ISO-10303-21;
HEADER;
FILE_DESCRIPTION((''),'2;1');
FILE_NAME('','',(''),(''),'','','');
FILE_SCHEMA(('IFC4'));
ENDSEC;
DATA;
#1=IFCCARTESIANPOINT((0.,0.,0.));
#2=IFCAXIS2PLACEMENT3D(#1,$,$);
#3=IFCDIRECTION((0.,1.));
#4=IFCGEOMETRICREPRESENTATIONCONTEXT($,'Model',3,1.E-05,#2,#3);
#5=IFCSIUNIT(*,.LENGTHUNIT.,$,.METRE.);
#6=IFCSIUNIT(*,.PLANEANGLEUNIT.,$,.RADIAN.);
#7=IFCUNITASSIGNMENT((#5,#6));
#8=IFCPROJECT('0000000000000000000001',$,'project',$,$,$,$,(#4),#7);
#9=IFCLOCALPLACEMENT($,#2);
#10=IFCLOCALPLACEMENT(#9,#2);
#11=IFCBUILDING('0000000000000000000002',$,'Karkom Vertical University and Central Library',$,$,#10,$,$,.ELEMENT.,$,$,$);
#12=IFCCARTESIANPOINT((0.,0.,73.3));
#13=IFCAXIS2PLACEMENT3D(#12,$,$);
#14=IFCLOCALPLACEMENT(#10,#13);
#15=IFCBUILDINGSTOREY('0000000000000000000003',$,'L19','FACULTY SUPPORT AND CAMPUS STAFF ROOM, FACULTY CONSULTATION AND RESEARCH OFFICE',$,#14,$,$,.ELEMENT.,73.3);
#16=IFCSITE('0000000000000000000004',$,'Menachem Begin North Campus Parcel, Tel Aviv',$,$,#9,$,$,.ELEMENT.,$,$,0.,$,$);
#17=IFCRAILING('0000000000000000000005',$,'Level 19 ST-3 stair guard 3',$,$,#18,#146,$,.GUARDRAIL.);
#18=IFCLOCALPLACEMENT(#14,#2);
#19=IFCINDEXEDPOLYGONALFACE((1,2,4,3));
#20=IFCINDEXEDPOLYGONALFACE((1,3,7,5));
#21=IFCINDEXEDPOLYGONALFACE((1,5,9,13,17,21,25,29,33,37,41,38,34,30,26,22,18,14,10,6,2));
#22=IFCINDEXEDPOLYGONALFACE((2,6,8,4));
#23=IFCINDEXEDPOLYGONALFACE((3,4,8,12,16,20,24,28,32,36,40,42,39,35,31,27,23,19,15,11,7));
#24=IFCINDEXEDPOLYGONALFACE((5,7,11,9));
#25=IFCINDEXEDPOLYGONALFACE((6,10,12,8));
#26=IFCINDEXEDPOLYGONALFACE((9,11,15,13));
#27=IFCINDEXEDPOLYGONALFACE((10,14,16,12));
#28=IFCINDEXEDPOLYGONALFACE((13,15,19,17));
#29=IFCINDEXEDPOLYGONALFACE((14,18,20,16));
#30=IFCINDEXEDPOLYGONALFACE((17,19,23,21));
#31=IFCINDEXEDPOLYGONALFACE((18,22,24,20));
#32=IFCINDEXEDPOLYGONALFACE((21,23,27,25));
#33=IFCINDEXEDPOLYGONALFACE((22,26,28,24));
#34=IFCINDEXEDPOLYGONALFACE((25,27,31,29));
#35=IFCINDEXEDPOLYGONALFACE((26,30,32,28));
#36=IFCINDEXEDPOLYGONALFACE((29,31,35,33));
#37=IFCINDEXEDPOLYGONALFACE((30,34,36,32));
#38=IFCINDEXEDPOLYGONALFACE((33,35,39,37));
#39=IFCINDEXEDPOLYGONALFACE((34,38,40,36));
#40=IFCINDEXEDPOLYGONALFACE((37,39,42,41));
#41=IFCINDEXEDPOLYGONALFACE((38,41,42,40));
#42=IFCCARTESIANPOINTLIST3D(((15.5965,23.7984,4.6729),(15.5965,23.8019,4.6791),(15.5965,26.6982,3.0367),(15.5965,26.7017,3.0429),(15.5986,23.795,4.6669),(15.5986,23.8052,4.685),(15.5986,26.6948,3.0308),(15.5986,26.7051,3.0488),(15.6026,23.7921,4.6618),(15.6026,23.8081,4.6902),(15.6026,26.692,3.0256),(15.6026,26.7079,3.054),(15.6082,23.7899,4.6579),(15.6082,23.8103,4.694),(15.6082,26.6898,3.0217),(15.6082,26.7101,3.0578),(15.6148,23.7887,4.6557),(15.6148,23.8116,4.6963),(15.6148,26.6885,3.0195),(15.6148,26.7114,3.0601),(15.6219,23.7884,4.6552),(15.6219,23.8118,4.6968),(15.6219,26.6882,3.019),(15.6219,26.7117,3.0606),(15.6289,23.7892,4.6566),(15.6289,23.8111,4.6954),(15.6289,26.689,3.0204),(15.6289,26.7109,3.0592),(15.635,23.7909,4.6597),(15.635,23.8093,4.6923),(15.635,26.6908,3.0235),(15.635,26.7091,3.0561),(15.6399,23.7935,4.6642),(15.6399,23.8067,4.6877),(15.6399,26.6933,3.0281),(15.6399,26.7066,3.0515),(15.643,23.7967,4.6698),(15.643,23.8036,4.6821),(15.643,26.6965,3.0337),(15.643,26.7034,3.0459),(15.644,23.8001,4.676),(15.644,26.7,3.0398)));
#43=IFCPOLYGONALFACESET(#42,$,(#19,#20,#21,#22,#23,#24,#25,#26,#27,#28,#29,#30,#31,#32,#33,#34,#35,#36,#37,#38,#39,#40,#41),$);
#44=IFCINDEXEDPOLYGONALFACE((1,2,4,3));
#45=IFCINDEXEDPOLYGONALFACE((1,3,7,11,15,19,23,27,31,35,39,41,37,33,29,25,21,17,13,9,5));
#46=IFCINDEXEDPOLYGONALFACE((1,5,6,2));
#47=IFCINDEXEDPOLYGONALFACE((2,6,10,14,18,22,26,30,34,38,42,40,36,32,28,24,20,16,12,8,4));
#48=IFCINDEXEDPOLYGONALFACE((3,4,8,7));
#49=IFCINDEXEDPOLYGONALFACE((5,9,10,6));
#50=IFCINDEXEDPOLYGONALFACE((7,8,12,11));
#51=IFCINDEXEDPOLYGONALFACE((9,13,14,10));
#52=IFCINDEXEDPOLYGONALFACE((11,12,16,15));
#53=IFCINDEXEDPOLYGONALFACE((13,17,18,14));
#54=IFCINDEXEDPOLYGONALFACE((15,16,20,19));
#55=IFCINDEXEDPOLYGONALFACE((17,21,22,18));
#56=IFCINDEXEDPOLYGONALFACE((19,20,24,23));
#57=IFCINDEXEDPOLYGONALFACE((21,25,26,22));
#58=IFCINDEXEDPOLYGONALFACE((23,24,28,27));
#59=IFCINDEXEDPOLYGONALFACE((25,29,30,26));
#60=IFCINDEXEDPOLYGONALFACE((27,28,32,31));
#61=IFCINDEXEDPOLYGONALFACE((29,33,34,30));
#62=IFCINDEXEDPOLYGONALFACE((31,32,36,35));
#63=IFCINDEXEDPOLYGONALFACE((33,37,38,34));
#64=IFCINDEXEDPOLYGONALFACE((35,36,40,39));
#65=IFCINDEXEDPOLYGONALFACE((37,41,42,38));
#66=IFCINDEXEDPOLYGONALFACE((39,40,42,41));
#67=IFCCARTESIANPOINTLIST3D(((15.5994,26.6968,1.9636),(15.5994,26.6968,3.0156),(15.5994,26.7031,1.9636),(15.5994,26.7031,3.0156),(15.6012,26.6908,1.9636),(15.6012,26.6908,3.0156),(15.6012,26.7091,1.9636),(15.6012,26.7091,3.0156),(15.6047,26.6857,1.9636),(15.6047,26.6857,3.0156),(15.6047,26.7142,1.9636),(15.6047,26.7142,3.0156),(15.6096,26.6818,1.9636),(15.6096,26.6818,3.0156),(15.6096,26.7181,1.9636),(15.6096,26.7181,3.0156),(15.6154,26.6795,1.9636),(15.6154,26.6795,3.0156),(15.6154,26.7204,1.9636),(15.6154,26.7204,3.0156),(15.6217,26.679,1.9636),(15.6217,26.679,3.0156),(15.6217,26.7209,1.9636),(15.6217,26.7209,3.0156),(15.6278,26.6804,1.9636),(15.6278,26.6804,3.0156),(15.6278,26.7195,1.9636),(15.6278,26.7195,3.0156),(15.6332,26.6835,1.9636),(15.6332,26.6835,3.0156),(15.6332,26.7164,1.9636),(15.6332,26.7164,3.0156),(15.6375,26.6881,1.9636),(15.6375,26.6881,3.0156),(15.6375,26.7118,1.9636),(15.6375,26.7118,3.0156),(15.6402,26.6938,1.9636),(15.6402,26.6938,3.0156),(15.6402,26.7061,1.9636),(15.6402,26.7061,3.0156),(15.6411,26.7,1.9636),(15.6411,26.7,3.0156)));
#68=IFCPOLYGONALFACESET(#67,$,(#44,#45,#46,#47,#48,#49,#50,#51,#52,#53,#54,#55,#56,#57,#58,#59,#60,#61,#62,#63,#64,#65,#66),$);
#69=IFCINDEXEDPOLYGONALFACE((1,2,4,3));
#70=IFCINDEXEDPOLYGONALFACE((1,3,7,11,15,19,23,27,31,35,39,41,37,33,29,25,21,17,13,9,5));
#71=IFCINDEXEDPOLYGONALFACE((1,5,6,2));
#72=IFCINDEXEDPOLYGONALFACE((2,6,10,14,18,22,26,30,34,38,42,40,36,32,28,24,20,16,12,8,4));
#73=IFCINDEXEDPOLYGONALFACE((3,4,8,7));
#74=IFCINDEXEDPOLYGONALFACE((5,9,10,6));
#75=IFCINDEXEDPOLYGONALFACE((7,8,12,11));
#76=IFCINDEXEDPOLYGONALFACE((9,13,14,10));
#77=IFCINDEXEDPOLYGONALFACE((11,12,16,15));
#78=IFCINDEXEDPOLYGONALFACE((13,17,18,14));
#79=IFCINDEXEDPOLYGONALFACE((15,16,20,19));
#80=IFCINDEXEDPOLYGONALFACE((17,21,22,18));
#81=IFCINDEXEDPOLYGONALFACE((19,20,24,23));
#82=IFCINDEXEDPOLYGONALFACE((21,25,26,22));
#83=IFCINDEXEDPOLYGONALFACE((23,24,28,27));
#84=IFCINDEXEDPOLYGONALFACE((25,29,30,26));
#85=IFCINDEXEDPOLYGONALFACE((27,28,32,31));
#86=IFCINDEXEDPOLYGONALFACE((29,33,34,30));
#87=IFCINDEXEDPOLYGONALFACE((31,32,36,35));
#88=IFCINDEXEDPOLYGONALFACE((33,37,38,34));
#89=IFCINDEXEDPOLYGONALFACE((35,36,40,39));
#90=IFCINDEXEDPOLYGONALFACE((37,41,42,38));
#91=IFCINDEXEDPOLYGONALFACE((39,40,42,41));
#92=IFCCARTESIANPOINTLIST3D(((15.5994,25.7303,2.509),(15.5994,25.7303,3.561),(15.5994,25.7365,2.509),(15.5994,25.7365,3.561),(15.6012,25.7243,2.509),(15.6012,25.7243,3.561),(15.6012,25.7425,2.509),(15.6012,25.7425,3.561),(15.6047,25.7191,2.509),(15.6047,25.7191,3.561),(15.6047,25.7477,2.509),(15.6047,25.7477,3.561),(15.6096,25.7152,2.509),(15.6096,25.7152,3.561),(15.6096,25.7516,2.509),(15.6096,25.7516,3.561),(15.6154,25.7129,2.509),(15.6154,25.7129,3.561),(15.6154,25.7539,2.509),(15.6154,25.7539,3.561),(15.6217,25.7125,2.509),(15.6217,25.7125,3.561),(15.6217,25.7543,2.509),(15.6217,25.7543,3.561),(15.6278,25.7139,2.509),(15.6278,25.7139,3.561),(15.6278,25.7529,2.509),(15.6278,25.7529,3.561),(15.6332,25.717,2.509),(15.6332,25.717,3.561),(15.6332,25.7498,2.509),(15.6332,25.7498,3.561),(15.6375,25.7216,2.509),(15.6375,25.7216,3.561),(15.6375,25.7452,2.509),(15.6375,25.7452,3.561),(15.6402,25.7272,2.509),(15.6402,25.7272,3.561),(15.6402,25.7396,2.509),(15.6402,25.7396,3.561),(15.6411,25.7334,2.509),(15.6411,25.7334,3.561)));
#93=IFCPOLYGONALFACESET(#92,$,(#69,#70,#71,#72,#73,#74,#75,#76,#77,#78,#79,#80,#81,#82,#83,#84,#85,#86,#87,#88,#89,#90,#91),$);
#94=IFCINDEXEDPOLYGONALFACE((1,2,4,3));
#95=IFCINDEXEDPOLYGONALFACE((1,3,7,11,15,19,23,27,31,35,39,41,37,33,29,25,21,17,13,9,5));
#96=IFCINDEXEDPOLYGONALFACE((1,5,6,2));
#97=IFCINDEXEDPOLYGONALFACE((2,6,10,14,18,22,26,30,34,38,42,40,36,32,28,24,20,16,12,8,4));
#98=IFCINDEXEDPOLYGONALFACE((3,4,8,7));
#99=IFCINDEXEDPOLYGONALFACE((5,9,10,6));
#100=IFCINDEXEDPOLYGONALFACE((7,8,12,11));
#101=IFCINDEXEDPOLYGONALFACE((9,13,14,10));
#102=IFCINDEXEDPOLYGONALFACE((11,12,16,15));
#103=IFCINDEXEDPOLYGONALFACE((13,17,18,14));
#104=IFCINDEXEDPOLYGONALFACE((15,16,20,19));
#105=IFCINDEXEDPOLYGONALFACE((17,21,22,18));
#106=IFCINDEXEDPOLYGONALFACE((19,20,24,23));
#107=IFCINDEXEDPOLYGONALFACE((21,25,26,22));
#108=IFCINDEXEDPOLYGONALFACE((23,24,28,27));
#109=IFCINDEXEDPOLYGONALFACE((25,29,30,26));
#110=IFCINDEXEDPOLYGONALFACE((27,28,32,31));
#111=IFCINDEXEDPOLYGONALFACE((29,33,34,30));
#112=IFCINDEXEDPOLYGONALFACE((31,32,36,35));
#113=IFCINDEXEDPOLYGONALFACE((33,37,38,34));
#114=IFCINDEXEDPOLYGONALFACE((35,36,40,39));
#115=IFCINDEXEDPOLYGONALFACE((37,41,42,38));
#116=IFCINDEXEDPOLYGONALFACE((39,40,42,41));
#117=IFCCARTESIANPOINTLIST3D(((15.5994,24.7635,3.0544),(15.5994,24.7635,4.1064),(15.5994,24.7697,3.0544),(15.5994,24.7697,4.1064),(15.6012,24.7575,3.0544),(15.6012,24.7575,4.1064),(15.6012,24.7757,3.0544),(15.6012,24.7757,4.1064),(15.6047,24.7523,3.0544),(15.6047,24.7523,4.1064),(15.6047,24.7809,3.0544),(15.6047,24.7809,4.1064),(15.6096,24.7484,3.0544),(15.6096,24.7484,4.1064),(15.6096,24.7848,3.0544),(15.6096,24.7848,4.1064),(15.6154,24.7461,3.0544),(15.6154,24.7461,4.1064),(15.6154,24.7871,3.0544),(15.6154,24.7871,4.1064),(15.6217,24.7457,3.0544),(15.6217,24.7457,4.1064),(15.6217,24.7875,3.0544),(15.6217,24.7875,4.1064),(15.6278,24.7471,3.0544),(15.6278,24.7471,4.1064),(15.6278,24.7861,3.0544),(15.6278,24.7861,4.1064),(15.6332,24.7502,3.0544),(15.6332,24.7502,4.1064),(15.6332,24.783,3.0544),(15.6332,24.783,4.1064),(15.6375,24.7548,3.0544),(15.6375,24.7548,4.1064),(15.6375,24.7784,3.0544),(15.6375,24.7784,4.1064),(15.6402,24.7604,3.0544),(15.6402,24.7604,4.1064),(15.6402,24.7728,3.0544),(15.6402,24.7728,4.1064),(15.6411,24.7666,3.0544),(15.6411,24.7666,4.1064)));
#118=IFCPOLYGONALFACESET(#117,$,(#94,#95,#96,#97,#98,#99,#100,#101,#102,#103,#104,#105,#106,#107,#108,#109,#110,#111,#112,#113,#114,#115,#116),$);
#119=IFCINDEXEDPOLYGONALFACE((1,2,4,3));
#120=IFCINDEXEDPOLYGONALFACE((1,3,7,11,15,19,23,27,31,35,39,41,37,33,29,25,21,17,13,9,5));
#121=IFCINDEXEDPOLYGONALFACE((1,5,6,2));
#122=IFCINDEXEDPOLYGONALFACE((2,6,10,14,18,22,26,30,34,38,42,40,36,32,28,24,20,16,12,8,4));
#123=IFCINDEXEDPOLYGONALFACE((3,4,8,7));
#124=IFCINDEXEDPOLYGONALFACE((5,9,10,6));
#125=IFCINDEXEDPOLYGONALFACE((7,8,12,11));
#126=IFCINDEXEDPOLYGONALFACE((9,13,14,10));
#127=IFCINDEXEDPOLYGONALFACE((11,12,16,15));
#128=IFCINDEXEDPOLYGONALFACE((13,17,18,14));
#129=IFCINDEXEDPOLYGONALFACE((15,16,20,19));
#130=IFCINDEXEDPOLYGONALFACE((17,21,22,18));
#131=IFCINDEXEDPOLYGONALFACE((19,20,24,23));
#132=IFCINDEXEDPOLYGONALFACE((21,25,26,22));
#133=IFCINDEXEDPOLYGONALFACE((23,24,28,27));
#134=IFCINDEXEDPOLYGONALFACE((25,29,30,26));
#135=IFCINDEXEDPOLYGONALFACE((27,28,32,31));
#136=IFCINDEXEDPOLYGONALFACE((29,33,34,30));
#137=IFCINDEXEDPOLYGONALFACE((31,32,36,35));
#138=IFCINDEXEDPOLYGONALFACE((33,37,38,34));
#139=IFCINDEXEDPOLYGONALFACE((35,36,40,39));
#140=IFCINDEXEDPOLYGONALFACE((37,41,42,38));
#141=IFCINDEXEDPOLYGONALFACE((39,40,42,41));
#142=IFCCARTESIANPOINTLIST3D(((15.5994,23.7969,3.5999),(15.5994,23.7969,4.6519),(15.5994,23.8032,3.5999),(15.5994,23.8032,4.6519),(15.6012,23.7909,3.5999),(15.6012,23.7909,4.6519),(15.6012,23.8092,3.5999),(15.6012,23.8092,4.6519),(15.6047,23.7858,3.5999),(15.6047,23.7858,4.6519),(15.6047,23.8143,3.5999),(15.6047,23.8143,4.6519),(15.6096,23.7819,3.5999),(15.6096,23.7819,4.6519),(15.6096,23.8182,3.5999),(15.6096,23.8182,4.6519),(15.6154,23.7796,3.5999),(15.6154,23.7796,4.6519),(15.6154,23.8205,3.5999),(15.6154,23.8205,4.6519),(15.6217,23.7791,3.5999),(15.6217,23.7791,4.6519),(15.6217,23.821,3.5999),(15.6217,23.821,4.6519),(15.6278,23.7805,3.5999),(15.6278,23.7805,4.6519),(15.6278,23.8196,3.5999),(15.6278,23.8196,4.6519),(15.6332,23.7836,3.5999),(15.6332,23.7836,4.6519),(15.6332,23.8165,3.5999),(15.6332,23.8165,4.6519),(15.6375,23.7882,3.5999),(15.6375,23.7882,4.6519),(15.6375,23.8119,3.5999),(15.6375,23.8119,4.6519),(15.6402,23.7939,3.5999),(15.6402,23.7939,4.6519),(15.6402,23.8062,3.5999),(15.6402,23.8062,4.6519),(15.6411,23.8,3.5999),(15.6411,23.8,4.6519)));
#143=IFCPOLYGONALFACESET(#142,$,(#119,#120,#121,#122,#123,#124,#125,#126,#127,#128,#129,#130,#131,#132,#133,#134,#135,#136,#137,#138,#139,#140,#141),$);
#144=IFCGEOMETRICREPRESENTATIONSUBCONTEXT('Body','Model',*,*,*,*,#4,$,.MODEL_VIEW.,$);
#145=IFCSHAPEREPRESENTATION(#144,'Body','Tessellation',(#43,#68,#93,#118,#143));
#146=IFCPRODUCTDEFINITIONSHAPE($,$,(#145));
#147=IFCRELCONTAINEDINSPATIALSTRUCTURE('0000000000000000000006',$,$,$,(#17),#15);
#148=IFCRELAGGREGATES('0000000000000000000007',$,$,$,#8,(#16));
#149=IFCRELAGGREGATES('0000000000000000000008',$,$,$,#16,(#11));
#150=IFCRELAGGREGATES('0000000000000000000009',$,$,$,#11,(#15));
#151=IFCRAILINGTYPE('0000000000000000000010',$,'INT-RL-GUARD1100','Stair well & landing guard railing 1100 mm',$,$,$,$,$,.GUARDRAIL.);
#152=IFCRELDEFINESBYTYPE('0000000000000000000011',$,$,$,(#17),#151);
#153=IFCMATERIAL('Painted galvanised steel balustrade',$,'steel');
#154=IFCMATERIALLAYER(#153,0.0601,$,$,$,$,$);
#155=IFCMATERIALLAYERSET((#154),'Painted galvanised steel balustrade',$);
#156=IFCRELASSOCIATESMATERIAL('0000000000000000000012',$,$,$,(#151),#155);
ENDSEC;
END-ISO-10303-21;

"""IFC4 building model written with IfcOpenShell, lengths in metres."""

from ifc_helpers import new_model, si_unit, direction, frame, origin, origin_2d, place, context, subcontext, project, spatial, circle, extrude, material, layer, layer_set, type_object, element, save


model = new_model("IFC4")

# Units and contexts
model_context = context("Model", 3, precision=1e-05, world=origin(), true_north=direction((0.0, 1.0)))
body_context = subcontext(model_context, "Body", "Model", "MODEL_VIEW")
ifc_project = project(units=[si_unit("LENGTHUNIT", "METRE"), si_unit("PLANEANGLEUNIT", "RADIAN")], contexts=[model_context])

# Site, building, storey
site_placement = place(None, origin())
site = spatial("IfcSite", under=ifc_project, at=site_placement, Name="Menachem Begin North Campus Parcel, Tel Aviv", CompositionType="ELEMENT", RefElevation=0.0)
building_placement = place(site_placement, origin())
building = spatial("IfcBuilding", under=site, at=building_placement, Name="Karkom Vertical University and Central Library", CompositionType="ELEMENT")
storey_placement = place(building_placement, frame((0.0, 0.0, 73.3)))
storey = spatial("IfcBuildingStorey", under=building, at=storey_placement, Name="L19", Description="FACULTY SUPPORT AND CAMPUS STAFF ROOM, FACULTY CONSULTATION AND RESEARCH OFFICE", CompositionType="ELEMENT", Elevation=73.3)

# Railing
ifc_material_1 = material(Name="Painted galvanised steel balustrade", Category="steel")
ifc_layer_1 = layer(ifc_material_1, 0.0601)
ifc_layer_set_1 = layer_set([ifc_layer_1], Name="Painted galvanised steel balustrade")
railing_type_1 = type_object("IfcRailingType", Name="INT-RL-GUARD1100", Description="Stair well & landing guard railing 1100 mm", PredefinedType="GUARDRAIL", material=ifc_layer_set_1)
railing_1_placement = place(storey_placement, frame((15.6201, 26.7, 1.9636)))
element("IfcRailing", 1, at=railing_1_placement, inside=storey, type_object=railing_type_1, Name="Level 19 ST-3 stair guard 3", PredefinedType="GUARDRAIL", context=body_context, shape_type="SweptSolid", body=[
    extrude(circle(Radius=0.0239, at=origin_2d()), frame((0.0, 0.0, 1.0762), z_axis=(0.0, -0.870929, 0.49141), x_axis=(1.0, 0.0, 0.0)), (0.0, 0.0, 1.0), 3.3296),
    extrude(circle(Radius=0.021, at=origin_2d()), origin(), (0.0, 0.0, 1.0), 1.052),
    extrude(circle(Radius=0.021, at=origin_2d()), frame((0.0, -0.9666, 0.5454)), (0.0, 0.0, 1.0), 1.052),
    extrude(circle(Radius=0.021, at=origin_2d()), frame((0.0, -1.9333, 1.0908)), (0.0, 0.0, 1.0), 1.052),
    extrude(circle(Radius=0.021, at=origin_2d()), frame((0.0, -2.8999, 1.6362)), (0.0, 0.0, 1.0), 1.052),
])

save(model, "model.ifc")
